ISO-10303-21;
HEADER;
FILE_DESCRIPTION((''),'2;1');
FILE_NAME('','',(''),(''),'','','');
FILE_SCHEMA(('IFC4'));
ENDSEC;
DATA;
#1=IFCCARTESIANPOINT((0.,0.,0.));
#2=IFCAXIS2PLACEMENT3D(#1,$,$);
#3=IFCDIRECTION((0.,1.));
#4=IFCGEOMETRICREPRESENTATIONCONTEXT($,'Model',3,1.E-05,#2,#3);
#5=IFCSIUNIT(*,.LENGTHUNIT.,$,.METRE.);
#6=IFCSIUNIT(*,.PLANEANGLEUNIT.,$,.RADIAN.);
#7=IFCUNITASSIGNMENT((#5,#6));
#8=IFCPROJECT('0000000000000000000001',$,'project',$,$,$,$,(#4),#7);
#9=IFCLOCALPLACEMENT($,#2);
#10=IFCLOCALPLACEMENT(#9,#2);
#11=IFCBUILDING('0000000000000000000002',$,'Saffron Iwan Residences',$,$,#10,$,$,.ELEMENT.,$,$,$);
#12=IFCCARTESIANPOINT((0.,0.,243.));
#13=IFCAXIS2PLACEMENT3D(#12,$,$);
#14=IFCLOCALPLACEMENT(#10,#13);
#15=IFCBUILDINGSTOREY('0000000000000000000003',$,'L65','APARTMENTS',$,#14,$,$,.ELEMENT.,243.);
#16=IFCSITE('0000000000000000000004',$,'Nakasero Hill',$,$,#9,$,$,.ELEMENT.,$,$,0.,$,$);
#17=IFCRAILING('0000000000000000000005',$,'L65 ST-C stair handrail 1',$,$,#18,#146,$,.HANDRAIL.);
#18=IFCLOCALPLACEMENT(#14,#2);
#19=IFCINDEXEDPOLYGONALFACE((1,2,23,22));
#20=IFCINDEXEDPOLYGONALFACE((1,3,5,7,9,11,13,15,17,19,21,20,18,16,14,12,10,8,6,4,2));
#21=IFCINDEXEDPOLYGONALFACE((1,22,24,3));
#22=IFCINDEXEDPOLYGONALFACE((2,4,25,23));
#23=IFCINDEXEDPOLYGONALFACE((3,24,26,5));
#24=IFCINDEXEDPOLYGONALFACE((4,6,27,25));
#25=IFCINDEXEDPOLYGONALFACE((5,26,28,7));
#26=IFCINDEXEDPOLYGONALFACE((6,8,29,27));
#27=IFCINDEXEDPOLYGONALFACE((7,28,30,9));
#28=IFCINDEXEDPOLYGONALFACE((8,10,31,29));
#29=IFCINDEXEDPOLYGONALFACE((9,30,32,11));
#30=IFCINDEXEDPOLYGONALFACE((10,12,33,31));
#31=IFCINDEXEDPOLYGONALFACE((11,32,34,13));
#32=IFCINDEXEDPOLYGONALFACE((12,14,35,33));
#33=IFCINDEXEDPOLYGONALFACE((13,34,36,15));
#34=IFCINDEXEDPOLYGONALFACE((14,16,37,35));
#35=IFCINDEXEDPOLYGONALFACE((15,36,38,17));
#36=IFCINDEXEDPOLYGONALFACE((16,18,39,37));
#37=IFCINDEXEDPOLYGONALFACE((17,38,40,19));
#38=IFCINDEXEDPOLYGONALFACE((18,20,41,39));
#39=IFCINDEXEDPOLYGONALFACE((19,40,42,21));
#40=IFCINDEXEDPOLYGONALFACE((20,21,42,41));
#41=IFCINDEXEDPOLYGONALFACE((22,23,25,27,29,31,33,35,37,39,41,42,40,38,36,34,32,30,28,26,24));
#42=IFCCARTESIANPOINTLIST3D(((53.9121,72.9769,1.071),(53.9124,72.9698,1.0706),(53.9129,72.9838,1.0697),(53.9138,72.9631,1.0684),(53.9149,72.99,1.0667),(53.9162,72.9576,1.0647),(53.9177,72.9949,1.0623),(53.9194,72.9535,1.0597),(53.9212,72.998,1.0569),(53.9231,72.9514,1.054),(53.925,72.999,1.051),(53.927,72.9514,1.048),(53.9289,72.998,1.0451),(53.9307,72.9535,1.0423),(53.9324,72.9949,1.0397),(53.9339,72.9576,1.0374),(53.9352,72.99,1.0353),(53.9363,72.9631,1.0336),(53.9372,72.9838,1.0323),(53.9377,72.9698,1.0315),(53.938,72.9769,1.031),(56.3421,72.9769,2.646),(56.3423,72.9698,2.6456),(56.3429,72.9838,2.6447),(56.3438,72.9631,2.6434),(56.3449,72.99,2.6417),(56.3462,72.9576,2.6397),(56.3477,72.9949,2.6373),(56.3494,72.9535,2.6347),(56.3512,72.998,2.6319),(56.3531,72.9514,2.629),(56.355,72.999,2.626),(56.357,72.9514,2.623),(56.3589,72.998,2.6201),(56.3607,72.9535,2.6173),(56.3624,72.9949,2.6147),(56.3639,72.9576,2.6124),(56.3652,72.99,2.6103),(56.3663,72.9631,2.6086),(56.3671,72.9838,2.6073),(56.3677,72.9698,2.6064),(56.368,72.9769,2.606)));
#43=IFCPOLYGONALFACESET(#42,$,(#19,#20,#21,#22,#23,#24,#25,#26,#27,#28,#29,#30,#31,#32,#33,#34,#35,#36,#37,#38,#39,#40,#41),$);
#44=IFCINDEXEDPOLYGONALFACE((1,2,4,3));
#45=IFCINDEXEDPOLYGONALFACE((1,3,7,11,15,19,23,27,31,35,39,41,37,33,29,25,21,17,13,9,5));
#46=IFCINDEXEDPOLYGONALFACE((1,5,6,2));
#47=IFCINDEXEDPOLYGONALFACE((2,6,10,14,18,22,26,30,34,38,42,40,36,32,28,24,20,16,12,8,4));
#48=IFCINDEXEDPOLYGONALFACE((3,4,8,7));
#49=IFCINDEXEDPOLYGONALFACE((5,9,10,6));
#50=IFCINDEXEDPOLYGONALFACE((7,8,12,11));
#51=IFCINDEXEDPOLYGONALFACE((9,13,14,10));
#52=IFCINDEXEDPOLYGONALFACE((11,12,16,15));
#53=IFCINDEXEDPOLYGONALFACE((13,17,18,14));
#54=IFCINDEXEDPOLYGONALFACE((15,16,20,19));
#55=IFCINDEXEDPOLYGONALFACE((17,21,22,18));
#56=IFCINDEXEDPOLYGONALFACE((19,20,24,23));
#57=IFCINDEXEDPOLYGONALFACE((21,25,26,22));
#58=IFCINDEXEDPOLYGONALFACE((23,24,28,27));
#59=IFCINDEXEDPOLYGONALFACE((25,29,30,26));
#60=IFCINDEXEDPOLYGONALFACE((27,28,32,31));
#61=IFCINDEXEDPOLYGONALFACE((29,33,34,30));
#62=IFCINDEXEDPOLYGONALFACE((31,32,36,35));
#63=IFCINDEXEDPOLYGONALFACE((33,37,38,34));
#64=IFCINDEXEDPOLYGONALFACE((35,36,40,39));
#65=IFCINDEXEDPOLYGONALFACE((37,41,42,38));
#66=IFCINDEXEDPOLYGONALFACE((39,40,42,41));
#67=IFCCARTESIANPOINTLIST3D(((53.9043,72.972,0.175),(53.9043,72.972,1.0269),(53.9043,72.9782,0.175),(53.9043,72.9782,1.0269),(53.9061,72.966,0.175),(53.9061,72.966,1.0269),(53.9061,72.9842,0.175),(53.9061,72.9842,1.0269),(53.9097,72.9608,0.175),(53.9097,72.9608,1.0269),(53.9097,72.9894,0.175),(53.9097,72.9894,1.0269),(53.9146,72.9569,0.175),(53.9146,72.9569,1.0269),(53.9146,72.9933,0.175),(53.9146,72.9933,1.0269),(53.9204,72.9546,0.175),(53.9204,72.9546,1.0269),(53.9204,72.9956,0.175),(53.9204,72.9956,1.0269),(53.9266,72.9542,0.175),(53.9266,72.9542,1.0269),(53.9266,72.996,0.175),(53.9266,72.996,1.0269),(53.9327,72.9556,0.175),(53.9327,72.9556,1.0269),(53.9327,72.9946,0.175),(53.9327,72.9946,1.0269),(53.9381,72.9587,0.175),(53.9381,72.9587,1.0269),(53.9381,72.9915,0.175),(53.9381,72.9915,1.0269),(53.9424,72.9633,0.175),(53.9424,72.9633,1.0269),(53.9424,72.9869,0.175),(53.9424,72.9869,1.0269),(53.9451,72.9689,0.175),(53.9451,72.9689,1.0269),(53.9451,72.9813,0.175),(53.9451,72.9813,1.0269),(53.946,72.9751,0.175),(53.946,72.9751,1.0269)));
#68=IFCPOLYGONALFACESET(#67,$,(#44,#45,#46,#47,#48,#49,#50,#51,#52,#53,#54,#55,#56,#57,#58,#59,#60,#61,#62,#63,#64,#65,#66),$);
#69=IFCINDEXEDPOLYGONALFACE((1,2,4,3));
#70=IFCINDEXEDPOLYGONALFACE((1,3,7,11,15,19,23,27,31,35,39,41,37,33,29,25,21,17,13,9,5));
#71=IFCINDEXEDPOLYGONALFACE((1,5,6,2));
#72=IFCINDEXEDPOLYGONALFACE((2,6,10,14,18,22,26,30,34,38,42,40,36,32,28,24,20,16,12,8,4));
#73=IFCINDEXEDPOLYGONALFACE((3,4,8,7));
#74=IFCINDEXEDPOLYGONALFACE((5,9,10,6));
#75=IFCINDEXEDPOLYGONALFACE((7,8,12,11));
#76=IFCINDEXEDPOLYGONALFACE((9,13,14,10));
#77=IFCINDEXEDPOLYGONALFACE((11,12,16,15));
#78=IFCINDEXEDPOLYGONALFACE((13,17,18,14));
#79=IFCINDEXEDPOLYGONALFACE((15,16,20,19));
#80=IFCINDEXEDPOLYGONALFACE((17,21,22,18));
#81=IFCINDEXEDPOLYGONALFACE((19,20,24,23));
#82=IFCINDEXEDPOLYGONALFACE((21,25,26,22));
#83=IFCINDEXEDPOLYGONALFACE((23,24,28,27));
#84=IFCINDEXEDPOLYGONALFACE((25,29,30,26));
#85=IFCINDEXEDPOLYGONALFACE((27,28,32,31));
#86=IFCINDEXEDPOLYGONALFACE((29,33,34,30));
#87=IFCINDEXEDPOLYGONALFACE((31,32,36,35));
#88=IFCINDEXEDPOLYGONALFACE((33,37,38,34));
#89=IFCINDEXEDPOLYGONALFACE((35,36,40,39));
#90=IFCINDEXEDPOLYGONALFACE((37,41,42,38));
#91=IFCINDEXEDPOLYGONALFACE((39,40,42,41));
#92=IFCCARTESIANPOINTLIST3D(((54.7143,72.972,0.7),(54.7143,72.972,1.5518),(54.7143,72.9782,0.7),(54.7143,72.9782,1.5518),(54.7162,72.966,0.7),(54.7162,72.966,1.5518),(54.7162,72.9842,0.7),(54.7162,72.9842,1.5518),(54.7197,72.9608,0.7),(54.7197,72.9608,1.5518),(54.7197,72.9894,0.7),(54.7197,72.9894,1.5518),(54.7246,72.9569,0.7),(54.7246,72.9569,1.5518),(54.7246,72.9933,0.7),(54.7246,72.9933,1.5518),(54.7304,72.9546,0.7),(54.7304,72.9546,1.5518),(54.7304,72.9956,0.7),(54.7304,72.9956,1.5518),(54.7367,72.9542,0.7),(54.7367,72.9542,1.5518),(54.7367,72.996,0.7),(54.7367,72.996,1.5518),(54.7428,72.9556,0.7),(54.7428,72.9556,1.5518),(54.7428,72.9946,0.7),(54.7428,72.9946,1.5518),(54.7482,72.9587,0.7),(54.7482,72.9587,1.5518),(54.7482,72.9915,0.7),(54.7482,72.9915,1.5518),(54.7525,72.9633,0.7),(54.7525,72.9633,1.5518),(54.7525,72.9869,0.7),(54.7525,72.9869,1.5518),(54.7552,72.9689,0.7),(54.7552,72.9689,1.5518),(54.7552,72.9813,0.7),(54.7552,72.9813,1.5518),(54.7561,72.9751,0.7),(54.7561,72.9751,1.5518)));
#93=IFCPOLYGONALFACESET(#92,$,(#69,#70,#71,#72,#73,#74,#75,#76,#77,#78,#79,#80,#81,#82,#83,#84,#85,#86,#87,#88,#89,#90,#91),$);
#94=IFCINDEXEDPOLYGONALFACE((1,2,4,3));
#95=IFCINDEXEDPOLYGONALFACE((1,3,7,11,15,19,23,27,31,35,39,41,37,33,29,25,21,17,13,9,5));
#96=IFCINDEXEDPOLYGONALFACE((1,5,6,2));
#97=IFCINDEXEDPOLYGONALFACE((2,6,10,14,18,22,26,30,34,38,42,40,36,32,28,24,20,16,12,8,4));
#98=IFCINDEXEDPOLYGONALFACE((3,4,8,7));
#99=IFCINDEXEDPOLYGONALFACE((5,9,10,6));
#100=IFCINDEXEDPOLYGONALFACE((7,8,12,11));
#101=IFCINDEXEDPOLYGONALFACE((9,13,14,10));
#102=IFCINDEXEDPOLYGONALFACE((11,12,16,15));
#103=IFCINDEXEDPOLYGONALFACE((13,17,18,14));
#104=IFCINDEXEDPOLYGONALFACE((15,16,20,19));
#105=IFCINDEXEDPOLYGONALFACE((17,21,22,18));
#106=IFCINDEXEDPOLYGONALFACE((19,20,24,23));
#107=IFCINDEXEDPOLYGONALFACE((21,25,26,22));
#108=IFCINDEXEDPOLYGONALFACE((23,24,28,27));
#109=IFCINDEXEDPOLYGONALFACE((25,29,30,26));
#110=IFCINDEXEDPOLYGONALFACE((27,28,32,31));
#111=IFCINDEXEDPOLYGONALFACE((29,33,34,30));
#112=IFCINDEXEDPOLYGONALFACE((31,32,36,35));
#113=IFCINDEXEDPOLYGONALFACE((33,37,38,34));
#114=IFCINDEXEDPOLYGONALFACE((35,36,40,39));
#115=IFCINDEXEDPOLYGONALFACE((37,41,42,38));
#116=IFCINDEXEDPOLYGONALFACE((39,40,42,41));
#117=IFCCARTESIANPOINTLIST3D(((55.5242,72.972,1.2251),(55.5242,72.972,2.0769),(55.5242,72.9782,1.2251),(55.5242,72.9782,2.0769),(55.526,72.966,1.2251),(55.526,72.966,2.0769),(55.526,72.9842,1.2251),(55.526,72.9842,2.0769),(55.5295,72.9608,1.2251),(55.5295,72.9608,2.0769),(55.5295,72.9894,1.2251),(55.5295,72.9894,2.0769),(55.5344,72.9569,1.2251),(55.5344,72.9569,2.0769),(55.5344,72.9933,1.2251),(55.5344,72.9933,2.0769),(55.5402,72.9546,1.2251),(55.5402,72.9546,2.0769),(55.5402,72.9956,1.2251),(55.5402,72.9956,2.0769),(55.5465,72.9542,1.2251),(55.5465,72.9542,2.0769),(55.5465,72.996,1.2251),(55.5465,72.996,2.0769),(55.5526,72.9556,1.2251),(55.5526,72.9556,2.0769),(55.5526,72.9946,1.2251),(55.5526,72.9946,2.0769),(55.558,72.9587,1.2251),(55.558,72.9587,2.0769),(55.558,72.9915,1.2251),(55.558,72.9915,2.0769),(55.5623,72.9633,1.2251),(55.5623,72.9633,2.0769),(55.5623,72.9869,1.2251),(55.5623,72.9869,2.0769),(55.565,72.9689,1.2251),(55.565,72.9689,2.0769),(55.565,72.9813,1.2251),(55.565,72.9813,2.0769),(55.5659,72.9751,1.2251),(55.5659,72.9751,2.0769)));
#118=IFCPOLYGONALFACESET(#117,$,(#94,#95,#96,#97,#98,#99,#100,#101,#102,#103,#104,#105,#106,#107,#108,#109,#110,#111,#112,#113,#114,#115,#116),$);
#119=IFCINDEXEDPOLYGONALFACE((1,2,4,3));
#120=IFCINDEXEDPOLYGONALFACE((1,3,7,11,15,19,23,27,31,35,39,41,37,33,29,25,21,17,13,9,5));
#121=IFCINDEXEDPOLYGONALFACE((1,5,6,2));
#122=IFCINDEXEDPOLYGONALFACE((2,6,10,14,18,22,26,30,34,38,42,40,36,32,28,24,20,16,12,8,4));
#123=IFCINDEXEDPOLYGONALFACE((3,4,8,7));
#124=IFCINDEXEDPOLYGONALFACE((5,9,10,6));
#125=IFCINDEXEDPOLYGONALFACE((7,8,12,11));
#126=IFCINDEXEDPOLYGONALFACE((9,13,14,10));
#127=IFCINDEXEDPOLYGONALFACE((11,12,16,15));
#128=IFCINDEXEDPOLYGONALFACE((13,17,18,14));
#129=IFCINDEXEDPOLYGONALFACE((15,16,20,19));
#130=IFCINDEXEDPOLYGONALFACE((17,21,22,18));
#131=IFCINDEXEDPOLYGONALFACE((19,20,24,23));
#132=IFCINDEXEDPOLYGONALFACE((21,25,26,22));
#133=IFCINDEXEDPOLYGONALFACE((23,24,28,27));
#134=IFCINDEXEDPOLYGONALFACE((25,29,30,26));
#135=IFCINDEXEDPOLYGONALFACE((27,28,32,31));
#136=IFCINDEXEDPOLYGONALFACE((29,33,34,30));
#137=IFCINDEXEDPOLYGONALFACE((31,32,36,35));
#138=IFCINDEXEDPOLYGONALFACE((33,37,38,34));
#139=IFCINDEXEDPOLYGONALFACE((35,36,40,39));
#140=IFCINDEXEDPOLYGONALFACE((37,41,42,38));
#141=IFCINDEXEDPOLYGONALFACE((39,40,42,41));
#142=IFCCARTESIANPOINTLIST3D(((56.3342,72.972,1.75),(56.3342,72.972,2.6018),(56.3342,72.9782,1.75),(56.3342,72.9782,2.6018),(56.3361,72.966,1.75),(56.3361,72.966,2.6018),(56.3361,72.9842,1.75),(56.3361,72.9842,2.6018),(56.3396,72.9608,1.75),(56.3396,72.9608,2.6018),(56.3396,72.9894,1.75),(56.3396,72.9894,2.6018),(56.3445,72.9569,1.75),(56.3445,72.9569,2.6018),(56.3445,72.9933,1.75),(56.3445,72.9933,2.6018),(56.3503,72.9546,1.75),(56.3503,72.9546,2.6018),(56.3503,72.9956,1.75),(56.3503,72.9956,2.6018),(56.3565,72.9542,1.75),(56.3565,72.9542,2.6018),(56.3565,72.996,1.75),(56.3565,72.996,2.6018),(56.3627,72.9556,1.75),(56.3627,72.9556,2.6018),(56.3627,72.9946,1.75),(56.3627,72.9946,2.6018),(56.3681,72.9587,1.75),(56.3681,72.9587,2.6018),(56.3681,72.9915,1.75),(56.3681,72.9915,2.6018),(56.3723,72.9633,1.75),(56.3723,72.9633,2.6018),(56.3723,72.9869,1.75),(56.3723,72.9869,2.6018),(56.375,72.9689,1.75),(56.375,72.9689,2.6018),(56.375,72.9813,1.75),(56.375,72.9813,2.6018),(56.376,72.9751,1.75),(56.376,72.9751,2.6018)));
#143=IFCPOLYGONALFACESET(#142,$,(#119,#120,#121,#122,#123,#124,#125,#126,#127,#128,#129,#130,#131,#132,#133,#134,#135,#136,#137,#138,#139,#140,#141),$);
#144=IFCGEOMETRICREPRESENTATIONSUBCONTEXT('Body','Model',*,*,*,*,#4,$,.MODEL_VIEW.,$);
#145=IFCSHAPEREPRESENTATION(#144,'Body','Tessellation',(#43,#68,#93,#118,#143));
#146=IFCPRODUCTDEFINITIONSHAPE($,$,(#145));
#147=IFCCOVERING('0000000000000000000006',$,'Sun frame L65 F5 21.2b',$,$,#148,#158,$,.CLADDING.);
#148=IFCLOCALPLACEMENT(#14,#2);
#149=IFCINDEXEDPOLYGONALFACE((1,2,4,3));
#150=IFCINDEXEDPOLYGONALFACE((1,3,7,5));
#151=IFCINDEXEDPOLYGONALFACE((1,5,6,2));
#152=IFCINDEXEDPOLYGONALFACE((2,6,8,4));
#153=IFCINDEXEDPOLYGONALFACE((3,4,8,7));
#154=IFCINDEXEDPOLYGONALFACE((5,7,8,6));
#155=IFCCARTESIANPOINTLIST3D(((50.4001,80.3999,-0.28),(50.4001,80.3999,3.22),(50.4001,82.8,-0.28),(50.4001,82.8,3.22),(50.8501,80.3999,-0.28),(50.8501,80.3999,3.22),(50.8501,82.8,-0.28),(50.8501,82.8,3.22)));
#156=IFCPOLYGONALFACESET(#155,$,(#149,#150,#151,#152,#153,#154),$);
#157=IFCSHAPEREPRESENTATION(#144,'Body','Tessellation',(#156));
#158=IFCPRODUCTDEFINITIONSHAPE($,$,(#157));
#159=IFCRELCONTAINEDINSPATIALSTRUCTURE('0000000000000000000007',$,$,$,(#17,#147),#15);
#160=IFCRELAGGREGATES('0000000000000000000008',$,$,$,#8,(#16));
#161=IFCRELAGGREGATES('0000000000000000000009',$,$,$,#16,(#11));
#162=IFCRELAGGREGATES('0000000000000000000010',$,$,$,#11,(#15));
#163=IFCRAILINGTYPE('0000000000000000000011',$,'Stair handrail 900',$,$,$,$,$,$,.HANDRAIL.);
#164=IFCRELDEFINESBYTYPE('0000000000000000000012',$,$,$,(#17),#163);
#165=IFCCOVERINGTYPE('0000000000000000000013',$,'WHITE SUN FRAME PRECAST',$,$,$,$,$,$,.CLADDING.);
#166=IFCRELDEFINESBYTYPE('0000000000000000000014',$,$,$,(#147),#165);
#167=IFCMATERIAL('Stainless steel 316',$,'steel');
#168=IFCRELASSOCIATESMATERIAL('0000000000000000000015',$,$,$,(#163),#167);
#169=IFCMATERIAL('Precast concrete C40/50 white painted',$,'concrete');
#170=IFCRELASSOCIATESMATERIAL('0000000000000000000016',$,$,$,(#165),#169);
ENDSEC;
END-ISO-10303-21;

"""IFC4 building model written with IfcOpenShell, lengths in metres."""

from ifc_helpers import new_model, si_unit, direction, frame, origin, origin_2d, place, context, subcontext, project, spatial, polyline, circle, outline, extrude, material, type_object, element, save


model = new_model("IFC4")

# Units and contexts
model_context = context("Model", 3, precision=1e-05, world=origin(), true_north=direction((0.0, 1.0)))
body_context = subcontext(model_context, "Body", "Model", "MODEL_VIEW")
ifc_project = project(units=[si_unit("LENGTHUNIT", "METRE"), si_unit("PLANEANGLEUNIT", "RADIAN")], contexts=[model_context])

# Site, building, storey
site_placement = place(None, origin())
site = spatial("IfcSite", under=ifc_project, at=site_placement, Name="Nakasero Hill", CompositionType="ELEMENT", RefElevation=0.0)
building_placement = place(site_placement, origin())
building = spatial("IfcBuilding", under=site, at=building_placement, Name="Saffron Iwan Residences", CompositionType="ELEMENT")
storey_placement = place(building_placement, frame((0.0, 0.0, 243.0)))
storey = spatial("IfcBuildingStorey", under=building, at=storey_placement, Name="L65", Description="APARTMENTS", CompositionType="ELEMENT", Elevation=243.0)

# Railing
ifc_material_1 = material(Name="Stainless steel 316", Category="steel")
railing_type_1 = type_object("IfcRailingType", Name="Stair handrail 900", PredefinedType="HANDRAIL", material=ifc_material_1)
railing_1_placement = place(storey_placement, frame((53.925, 72.9751, 0.175)))
element("IfcRailing", 1, at=railing_1_placement, inside=storey, type_object=railing_type_1, Name="L65 ST-C stair handrail 1", PredefinedType="HANDRAIL", context=body_context, shape_type="SweptSolid", body=[
    extrude(circle(Radius=0.0239, at=origin_2d()), frame((0.0, 0.0, 0.876), z_axis=(0.839154, 0.0, 0.543894), x_axis=(0.0, 1.0, 0.0)), (0.0, 0.0, 1.0), 2.8958),
    extrude(circle(Radius=0.021, at=origin_2d()), origin(), (0.0, 0.0, 1.0), 0.8518),
    extrude(circle(Radius=0.021, at=origin_2d()), frame((0.8101, 0.0, 0.5249)), (0.0, 0.0, 1.0), 0.8518),
    extrude(circle(Radius=0.021, at=origin_2d()), frame((1.6199, 0.0, 1.05)), (0.0, 0.0, 1.0), 0.8518),
    extrude(circle(Radius=0.021, at=origin_2d()), frame((2.4299, 0.0, 1.575)), (0.0, 0.0, 1.0), 0.8518),
])

# Covering
ifc_material_2 = material(Name="Precast concrete C40/50 white painted", Category="concrete")
covering_type_1 = type_object("IfcCoveringType", Name="WHITE SUN FRAME PRECAST", PredefinedType="CLADDING", material=ifc_material_2)
covering_1_placement = place(storey_placement, frame((50.8501, 80.3999, -0.28), z_axis=(0.0, 1.0, 0.0), x_axis=(-1.0, 0.0, 0.0)))
element("IfcCovering", 2, at=covering_1_placement, inside=storey, type_object=covering_type_1, Name="Sun frame L65 F5 21.2b", PredefinedType="CLADDING", context=body_context, shape_type="SweptSolid", body=[
    extrude(outline(polyline([(0.0, 0.0), (0.45, 0.0), (0.45, 3.5), (0.0, 3.5), (0.0, 0.0)])), origin(), (0.0, 0.0, 1.0), 2.4001),
])

save(model, "model.ifc")
